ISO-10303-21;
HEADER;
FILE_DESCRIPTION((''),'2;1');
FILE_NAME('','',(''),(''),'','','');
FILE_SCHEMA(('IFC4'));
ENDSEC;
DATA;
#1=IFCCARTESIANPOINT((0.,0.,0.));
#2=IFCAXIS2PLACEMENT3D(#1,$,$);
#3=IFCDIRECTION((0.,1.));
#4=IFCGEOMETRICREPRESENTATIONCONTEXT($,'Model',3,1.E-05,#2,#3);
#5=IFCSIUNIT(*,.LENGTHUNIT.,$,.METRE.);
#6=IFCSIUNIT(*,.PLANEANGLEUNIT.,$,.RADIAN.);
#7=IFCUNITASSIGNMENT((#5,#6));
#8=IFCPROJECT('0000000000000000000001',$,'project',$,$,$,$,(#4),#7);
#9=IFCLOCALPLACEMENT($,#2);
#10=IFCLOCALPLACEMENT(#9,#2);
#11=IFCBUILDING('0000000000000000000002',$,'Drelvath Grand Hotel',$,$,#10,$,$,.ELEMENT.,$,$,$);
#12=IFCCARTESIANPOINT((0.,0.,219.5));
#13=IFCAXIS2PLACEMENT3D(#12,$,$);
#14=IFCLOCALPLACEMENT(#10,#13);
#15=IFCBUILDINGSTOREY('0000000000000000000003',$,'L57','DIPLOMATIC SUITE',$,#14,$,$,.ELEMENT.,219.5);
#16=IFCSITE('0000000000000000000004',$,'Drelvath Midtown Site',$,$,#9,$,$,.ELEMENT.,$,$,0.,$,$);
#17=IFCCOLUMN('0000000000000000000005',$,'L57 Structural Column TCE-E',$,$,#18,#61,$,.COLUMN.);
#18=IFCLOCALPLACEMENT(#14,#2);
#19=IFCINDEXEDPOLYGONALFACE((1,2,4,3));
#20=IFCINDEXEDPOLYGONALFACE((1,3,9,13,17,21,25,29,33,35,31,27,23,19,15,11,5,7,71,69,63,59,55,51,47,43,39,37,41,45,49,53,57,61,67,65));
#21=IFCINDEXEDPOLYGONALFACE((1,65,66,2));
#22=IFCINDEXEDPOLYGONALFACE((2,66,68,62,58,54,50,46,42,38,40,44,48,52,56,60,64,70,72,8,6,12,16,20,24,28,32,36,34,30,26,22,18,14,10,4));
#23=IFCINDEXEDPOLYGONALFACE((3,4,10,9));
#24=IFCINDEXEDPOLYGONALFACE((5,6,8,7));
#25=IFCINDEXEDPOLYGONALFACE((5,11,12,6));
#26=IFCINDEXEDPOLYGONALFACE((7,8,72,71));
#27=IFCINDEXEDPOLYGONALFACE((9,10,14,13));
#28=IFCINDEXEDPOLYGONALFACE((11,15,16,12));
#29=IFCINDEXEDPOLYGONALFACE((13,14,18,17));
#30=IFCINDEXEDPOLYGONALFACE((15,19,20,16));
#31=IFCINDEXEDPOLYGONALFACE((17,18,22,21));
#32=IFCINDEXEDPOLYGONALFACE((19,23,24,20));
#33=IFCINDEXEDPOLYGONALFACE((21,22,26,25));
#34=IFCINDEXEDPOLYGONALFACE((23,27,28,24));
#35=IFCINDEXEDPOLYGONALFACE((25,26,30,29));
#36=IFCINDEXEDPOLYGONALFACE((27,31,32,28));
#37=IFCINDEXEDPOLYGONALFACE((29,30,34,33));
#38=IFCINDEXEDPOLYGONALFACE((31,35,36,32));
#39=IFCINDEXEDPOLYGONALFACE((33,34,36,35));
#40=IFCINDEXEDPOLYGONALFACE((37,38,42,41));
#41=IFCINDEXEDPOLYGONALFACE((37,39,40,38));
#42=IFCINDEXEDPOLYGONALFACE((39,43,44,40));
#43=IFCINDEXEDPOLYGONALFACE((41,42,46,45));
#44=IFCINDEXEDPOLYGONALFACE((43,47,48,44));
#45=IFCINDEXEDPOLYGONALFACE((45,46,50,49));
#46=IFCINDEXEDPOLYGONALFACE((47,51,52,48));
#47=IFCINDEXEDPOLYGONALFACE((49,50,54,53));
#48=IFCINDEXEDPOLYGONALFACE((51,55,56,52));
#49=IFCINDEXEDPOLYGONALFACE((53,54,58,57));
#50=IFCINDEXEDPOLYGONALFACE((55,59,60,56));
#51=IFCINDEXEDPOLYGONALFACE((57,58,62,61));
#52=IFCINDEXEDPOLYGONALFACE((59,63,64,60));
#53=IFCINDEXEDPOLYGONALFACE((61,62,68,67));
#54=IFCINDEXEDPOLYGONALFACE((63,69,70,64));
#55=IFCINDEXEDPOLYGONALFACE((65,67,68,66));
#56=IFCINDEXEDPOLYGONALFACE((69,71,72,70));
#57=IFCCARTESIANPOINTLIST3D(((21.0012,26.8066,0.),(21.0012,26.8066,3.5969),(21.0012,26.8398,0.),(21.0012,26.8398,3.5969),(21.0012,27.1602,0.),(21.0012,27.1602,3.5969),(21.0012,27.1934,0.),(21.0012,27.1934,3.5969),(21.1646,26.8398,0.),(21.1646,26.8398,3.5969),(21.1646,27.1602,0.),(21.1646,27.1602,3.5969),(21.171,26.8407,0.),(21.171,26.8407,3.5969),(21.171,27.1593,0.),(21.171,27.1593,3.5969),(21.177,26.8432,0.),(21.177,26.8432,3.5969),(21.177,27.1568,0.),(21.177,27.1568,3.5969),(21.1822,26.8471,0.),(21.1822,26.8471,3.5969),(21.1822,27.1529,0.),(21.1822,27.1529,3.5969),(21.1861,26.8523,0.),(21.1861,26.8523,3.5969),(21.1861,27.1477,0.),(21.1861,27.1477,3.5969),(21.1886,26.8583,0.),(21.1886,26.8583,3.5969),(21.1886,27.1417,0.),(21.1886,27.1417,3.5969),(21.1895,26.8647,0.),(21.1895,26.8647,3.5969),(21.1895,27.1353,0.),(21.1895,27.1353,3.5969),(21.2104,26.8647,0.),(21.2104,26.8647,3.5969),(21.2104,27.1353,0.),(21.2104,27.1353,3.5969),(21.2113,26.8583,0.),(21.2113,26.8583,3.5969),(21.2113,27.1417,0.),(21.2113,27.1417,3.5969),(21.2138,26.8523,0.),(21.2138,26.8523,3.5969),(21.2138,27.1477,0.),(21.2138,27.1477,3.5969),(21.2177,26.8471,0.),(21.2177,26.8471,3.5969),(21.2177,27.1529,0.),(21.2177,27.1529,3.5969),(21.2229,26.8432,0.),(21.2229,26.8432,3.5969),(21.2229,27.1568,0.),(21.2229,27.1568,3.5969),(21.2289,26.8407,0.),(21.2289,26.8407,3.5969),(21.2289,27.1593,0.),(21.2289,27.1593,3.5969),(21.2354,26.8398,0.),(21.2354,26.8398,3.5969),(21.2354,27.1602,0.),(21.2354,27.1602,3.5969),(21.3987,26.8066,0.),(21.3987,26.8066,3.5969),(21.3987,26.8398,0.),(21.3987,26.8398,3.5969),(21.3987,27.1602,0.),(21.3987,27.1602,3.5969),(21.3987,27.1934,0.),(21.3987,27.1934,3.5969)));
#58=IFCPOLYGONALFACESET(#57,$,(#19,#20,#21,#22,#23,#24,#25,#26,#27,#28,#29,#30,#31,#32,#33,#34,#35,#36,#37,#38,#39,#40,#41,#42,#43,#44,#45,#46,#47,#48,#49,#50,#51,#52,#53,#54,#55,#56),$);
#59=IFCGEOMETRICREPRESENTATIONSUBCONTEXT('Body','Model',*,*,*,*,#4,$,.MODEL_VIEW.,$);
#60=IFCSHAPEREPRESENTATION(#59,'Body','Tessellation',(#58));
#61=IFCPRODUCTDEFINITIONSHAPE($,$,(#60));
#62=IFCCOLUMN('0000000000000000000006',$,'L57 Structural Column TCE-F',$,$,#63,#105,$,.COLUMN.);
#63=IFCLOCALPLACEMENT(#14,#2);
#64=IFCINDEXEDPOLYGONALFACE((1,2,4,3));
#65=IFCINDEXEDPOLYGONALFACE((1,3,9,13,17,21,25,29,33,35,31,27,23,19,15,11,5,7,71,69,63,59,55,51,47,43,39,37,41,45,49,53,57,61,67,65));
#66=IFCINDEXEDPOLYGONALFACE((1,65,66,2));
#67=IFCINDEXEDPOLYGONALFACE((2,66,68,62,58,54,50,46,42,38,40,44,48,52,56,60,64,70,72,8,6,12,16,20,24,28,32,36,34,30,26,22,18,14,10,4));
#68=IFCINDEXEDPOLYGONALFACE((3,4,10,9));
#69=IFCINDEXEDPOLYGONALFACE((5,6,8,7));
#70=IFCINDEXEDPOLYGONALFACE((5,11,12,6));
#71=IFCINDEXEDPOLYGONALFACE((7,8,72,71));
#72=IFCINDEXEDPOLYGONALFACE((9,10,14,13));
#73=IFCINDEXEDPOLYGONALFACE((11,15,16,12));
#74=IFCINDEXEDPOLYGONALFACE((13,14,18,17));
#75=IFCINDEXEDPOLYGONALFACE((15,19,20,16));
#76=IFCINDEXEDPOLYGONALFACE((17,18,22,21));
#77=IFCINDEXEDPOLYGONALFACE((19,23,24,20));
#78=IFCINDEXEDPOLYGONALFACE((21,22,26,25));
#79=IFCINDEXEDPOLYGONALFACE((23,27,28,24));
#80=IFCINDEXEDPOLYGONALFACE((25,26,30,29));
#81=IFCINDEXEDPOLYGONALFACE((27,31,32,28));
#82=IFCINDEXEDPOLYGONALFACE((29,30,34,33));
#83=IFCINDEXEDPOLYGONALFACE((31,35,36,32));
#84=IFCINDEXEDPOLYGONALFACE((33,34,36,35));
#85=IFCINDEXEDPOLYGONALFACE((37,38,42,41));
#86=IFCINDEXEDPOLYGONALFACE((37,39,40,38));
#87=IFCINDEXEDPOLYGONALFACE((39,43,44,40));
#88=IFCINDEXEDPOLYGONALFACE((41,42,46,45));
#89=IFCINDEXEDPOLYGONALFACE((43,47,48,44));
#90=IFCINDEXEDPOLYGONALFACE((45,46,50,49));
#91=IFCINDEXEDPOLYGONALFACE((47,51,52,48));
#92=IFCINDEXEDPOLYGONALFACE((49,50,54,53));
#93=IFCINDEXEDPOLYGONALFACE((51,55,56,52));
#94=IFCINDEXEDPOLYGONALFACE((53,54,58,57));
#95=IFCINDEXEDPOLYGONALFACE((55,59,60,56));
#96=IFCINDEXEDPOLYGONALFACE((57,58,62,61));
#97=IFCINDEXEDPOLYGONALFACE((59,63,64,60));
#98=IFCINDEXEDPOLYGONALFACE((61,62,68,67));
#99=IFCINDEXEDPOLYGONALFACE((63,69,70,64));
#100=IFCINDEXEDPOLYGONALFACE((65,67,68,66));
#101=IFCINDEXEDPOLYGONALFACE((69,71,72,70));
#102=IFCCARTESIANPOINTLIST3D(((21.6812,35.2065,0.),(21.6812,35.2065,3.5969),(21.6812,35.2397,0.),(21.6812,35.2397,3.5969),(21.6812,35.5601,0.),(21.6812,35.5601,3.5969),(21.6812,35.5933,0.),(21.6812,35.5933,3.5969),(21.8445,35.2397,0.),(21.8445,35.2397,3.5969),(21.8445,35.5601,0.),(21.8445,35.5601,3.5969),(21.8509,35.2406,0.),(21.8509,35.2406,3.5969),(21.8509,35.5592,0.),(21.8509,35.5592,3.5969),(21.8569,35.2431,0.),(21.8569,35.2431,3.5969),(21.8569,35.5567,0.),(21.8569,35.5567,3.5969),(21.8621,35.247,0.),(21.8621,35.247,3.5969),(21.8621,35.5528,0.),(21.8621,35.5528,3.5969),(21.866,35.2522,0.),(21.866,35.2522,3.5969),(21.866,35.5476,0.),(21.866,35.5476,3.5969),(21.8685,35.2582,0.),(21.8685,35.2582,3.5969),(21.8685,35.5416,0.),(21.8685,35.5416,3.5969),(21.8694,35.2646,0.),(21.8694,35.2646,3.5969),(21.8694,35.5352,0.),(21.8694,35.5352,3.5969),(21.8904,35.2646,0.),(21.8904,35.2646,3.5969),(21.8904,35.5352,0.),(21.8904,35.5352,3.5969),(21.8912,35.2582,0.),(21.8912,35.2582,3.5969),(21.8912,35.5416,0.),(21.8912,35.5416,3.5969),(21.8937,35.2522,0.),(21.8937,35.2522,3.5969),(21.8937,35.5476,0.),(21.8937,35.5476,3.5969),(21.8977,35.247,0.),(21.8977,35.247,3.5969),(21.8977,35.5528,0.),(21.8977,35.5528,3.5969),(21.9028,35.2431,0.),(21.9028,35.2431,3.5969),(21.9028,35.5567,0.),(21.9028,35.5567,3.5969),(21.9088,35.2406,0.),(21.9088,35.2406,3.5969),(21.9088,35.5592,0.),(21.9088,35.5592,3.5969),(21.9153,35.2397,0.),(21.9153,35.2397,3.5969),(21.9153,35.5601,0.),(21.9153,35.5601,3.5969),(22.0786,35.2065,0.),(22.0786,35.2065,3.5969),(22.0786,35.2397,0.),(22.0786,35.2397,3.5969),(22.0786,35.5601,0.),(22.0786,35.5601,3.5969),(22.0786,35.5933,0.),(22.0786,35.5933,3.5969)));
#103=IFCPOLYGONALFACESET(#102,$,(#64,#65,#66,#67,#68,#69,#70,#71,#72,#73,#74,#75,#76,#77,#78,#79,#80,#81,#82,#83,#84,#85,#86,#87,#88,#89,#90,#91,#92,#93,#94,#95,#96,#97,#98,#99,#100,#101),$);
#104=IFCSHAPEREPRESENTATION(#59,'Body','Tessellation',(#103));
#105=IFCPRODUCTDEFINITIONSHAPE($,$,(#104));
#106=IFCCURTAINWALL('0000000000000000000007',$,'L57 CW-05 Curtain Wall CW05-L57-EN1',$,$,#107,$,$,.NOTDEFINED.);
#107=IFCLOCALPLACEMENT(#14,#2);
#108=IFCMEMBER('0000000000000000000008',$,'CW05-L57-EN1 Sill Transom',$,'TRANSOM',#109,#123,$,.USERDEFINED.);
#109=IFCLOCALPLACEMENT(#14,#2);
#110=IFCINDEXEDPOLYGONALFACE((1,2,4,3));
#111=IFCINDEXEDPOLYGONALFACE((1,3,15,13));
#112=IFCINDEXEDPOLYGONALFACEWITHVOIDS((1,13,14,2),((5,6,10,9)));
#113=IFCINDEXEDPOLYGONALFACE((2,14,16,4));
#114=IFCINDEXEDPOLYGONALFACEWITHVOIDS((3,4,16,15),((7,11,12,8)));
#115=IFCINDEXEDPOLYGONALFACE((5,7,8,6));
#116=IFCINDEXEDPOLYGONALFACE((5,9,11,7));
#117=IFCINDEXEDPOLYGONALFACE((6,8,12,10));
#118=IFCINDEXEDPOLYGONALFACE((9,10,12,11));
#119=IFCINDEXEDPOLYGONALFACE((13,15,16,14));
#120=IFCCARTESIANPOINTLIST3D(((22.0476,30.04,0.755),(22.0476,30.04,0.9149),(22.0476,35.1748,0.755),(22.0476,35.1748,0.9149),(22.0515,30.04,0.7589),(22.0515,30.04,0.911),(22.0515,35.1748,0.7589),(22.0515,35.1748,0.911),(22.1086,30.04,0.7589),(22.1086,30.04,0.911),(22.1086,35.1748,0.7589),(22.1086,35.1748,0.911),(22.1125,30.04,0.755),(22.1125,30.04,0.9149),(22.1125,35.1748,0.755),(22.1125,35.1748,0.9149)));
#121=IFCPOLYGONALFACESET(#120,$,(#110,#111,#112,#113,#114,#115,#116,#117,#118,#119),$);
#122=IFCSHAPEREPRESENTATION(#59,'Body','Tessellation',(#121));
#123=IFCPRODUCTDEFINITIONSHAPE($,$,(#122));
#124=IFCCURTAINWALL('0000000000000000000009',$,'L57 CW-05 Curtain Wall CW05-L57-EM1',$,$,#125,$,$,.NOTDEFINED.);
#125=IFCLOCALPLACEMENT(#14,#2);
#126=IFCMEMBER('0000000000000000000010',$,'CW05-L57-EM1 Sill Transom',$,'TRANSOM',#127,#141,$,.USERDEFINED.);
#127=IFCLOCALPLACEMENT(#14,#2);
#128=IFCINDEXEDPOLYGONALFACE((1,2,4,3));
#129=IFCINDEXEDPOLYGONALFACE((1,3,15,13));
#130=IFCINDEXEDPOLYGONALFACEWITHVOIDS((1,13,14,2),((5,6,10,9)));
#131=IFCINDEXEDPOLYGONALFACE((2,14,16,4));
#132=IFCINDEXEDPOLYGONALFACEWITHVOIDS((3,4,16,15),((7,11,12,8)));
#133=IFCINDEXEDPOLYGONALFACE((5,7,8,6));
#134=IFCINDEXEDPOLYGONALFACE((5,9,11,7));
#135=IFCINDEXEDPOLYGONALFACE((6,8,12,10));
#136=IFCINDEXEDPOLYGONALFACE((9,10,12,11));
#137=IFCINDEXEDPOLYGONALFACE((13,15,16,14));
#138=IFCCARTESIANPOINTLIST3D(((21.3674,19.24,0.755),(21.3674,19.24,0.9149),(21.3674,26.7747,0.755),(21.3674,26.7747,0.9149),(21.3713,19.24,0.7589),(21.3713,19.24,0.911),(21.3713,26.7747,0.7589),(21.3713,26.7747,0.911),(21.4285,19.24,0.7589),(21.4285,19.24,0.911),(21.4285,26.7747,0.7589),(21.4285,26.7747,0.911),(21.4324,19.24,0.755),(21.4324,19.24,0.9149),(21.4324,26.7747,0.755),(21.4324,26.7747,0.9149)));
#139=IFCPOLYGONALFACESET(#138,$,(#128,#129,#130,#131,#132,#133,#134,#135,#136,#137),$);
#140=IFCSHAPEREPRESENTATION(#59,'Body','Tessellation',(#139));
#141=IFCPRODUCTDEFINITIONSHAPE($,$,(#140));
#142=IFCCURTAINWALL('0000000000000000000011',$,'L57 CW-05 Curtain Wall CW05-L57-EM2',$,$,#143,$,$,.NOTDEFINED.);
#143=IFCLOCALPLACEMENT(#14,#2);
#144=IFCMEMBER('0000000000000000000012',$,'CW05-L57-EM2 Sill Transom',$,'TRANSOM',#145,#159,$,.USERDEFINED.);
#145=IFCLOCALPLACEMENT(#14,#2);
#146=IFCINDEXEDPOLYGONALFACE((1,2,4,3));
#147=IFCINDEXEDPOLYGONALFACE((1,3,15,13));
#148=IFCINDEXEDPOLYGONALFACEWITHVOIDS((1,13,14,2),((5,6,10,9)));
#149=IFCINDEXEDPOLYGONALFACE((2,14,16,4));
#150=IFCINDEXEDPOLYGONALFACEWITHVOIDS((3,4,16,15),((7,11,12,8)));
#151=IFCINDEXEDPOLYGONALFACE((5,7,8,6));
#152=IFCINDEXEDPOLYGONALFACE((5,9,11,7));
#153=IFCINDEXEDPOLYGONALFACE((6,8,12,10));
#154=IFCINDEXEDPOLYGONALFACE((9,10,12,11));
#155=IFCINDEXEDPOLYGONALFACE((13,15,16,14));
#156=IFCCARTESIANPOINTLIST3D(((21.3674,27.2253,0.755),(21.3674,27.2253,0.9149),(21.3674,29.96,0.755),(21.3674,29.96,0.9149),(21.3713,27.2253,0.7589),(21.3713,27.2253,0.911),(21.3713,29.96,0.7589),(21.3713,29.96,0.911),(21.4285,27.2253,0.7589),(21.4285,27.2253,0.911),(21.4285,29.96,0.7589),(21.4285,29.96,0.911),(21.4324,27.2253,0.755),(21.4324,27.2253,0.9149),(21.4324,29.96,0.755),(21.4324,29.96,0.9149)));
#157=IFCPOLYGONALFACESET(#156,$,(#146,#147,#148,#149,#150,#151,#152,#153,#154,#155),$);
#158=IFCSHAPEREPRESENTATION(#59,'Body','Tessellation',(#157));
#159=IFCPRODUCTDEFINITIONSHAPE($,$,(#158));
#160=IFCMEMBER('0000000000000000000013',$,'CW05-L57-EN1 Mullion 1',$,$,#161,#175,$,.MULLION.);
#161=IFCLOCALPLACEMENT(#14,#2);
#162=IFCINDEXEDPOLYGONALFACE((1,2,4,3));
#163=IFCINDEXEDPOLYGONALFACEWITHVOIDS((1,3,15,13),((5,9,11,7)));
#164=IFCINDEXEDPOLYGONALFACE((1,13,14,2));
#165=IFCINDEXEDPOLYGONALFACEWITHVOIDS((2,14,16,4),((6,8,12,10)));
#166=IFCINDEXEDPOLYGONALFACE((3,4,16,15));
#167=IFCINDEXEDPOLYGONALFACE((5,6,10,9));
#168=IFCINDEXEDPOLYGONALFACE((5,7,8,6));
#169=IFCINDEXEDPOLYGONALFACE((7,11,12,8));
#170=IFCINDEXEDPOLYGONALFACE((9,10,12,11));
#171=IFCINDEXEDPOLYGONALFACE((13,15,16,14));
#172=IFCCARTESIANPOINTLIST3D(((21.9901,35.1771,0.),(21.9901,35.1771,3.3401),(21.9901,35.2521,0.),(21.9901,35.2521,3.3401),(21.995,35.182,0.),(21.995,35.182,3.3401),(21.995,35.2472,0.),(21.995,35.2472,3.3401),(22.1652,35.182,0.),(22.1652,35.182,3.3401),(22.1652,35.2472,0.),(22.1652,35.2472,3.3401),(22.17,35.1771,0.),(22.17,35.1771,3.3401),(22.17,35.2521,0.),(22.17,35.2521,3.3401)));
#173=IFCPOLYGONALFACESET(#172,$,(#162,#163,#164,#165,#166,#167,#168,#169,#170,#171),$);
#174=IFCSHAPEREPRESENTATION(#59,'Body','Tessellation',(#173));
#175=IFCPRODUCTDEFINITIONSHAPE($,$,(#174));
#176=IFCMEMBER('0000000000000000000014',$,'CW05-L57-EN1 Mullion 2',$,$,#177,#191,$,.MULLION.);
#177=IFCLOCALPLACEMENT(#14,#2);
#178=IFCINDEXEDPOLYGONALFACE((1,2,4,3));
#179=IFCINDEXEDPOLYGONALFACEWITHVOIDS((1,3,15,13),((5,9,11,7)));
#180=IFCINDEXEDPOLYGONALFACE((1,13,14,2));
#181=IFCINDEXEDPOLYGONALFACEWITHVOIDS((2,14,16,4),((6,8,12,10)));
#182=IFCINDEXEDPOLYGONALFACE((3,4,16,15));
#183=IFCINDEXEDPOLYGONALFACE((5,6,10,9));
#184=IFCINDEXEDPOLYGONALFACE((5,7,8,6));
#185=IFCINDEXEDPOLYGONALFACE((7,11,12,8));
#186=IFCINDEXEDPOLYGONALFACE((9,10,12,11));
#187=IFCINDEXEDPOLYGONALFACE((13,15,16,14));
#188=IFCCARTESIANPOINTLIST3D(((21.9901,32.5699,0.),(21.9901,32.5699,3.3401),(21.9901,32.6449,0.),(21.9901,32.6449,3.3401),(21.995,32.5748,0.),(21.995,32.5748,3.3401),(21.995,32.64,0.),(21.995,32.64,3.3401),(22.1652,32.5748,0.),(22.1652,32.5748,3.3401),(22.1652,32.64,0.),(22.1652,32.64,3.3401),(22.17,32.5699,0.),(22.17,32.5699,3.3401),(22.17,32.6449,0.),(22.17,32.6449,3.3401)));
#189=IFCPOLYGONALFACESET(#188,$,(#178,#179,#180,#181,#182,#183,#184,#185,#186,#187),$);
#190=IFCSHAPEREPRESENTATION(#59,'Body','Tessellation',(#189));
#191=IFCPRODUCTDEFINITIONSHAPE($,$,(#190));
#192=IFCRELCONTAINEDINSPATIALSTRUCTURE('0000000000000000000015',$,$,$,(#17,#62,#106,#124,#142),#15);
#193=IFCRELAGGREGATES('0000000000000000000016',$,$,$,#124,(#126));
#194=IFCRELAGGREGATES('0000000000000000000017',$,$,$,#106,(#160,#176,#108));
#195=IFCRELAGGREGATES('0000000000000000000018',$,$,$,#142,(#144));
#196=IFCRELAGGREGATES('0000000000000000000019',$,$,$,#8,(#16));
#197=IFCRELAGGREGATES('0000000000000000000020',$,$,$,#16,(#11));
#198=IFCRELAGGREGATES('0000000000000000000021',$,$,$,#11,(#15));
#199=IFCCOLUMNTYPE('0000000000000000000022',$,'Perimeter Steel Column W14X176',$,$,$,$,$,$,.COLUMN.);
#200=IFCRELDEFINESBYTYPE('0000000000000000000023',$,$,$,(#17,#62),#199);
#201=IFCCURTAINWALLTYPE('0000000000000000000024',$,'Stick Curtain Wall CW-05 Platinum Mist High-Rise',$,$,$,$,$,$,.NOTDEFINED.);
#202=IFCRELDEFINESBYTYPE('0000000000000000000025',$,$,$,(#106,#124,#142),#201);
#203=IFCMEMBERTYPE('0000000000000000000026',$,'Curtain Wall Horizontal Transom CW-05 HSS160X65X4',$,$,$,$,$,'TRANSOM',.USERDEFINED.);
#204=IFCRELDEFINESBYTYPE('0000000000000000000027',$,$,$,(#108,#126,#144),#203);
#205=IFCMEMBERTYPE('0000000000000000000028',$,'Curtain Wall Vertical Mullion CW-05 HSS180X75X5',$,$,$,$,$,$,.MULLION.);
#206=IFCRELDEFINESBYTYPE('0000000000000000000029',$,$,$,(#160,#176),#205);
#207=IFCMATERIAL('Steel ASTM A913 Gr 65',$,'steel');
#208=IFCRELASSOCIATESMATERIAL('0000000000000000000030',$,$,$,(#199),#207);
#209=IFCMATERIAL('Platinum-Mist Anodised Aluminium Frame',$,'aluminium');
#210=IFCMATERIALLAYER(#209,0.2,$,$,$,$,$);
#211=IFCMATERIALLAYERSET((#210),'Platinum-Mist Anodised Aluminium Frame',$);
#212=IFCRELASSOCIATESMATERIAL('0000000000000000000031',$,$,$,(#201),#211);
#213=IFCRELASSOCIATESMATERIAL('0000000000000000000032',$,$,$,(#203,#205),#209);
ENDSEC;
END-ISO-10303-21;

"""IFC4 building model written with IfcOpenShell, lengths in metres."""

from ifc_helpers import new_model, si_unit, direction, frame, origin, origin_2d, place, context, subcontext, project, spatial, hollow_rectangle, i_section, extrude, material, layer, layer_set, material_profile, profile_set, type_object, element, aggregate, save


model = new_model("IFC4")

# Units and contexts
model_context = context("Model", 3, precision=1e-05, world=origin(), true_north=direction((0.0, 1.0)))
body_context = subcontext(model_context, "Body", "Model", "MODEL_VIEW")
ifc_project = project(units=[si_unit("LENGTHUNIT", "METRE"), si_unit("PLANEANGLEUNIT", "RADIAN")], contexts=[model_context])

# Site, building, storey
site_placement = place(None, origin())
site = spatial("IfcSite", under=ifc_project, at=site_placement, Name="Drelvath Midtown Site", CompositionType="ELEMENT", RefElevation=0.0)
building_placement = place(site_placement, origin())
building = spatial("IfcBuilding", under=site, at=building_placement, Name="Drelvath Grand Hotel", CompositionType="ELEMENT")
storey_placement = place(building_placement, frame((0.0, 0.0, 219.5)))
storey = spatial("IfcBuildingStorey", under=building, at=storey_placement, Name="L57", Description="DIPLOMATIC SUITE", CompositionType="ELEMENT", Elevation=219.5)

# Columns
ifc_material_1 = material(Name="Steel ASTM A913 Gr 65", Category="steel")
ifc_material_profile_1 = material_profile(ifc_material_1, i_section(OverallWidth=0.3975, OverallDepth=0.3867, WebThickness=0.021, FlangeThickness=0.0332, FilletRadius=0.0249, at=origin_2d()), Name="W14X176")
ifc_profile_set_1 = profile_set([ifc_material_profile_1], Name="Steel ASTM A913 Gr 65")
column_type = type_object("IfcColumnType", Name="Perimeter Steel Column W14X176", PredefinedType="COLUMN", material=ifc_profile_set_1)
for number, where, z_axis, x_axis, name in (
    (1, (21.2, 27.0, 0.0), (0.0, 0.0, 1.0), (1.0, 0.0, 0.0), "L57 Structural Column TCE-E"),
    (2, (21.8799, 35.3999, 0.0), (0.0, 0.0, 1.0), (1.0, 0.0, 0.0), "L57 Structural Column TCE-F"),
):
    element("IfcColumn", number, at=place(storey_placement, frame(where, z_axis=z_axis, x_axis=x_axis)), inside=storey, type_object=column_type, Name=name, PredefinedType="COLUMN", context=body_context, shape_type="SweptSolid", body=[
        extrude(i_section(OverallWidth=0.3975, OverallDepth=0.3867, WebThickness=0.021, FlangeThickness=0.0332, FilletRadius=0.0249, at=origin_2d()), origin(), (0.0, 0.0, 1.0), 3.5969),
    ])

# Curtain walls, members
ifc_material_2 = material(Name="Platinum-Mist Anodised Aluminium Frame", Category="aluminium")
ifc_layer_1 = layer(ifc_material_2, 0.2)
ifc_layer_set_1 = layer_set([ifc_layer_1], Name="Platinum-Mist Anodised Aluminium Frame")
curtain_wall_type = type_object("IfcCurtainWallType", Name="Stick Curtain Wall CW-05 Platinum Mist High-Rise", PredefinedType="NOTDEFINED", material=ifc_layer_set_1)
curtain_wall_1_placement = place(storey_placement, origin())
curtain_wall_1 = element("IfcCurtainWall", 3, at=curtain_wall_1_placement, inside=storey, type_object=curtain_wall_type, Name="L57 CW-05 Curtain Wall CW05-L57-EN1", PredefinedType="NOTDEFINED")
ifc_material_profile_2 = material_profile(ifc_material_2, hollow_rectangle(XDim=0.0649, YDim=0.1599, WallThickness=0.0039, at=origin_2d()), Name="HSS160X65X4")
ifc_profile_set_2 = profile_set([ifc_material_profile_2], Name="Platinum-Mist Anodised Aluminium Frame")
member_type_1 = type_object("IfcMemberType", Name="Curtain Wall Horizontal Transom CW-05 HSS160X65X4", ElementType="TRANSOM", PredefinedType="USERDEFINED", material=ifc_profile_set_2)
member_1_placement = place(storey_placement, frame((22.0801, 35.1748, 0.835), z_axis=(0.0, -1.0, 0.0), x_axis=(1.0, 0.0, 0.0)))
member_1 = element("IfcMember", 4, at=member_1_placement, type_object=member_type_1, Name="CW05-L57-EN1 Sill Transom", ObjectType="TRANSOM", PredefinedType="USERDEFINED", context=body_context, shape_type="SweptSolid", body=[
    extrude(hollow_rectangle(XDim=0.0649, YDim=0.1599, WallThickness=0.0039, at=origin_2d()), origin(), (0.0, 0.0, 1.0), 5.1348),
])
curtain_wall_2_placement = place(storey_placement, origin())
curtain_wall_2 = element("IfcCurtainWall", 5, at=curtain_wall_2_placement, inside=storey, type_object=curtain_wall_type, Name="L57 CW-05 Curtain Wall CW05-L57-EM1", PredefinedType="NOTDEFINED")
member_2_placement = place(storey_placement, frame((21.3999, 26.7747, 0.835), z_axis=(0.0, -1.0, 0.0), x_axis=(1.0, 0.0, 0.0)))
member_2 = element("IfcMember", 6, at=member_2_placement, type_object=member_type_1, Name="CW05-L57-EM1 Sill Transom", ObjectType="TRANSOM", PredefinedType="USERDEFINED", context=body_context, shape_type="SweptSolid", body=[
    extrude(hollow_rectangle(XDim=0.0649, YDim=0.1599, WallThickness=0.0039, at=origin_2d()), origin(), (0.0, 0.0, 1.0), 7.5347),
])
curtain_wall_3_placement = place(storey_placement, origin())
curtain_wall_3 = element("IfcCurtainWall", 7, at=curtain_wall_3_placement, inside=storey, type_object=curtain_wall_type, Name="L57 CW-05 Curtain Wall CW05-L57-EM2", PredefinedType="NOTDEFINED")
member_3_placement = place(storey_placement, frame((21.3999, 29.96, 0.835), z_axis=(0.0, -1.0, 0.0), x_axis=(1.0, 0.0, 0.0)))
member_3 = element("IfcMember", 8, at=member_3_placement, type_object=member_type_1, Name="CW05-L57-EM2 Sill Transom", ObjectType="TRANSOM", PredefinedType="USERDEFINED", context=body_context, shape_type="SweptSolid", body=[
    extrude(hollow_rectangle(XDim=0.0649, YDim=0.1599, WallThickness=0.0039, at=origin_2d()), origin(), (0.0, 0.0, 1.0), 2.7346),
])

# Members
ifc_material_profile_3 = material_profile(ifc_material_2, hollow_rectangle(XDim=0.075, YDim=0.1799, WallThickness=0.0049, at=origin_2d()), Name="HSS180X75X5")
ifc_profile_set_3 = profile_set([ifc_material_profile_3], Name="Platinum-Mist Anodised Aluminium Frame")
member_type_2 = type_object("IfcMemberType", Name="Curtain Wall Vertical Mullion CW-05 HSS180X75X5", PredefinedType="MULLION", material=ifc_profile_set_3)
member_4_placement = place(storey_placement, frame((22.0801, 35.2146, 0.0), z_axis=(0.0, 0.0, 1.0), x_axis=(0.0, 1.0, 0.0)))
member_4 = element("IfcMember", 9, at=member_4_placement, type_object=member_type_2, Name="CW05-L57-EN1 Mullion 1", PredefinedType="MULLION", context=body_context, shape_type="SweptSolid", body=[
    extrude(hollow_rectangle(XDim=0.075, YDim=0.1799, WallThickness=0.0049, at=origin_2d()), origin(), (0.0, 0.0, 1.0), 3.3401),
])
member_5_placement = place(storey_placement, frame((22.0801, 32.6074, 0.0), z_axis=(0.0, 0.0, 1.0), x_axis=(0.0, 1.0, 0.0)))
member_5 = element("IfcMember", 10, at=member_5_placement, type_object=member_type_2, Name="CW05-L57-EN1 Mullion 2", PredefinedType="MULLION", context=body_context, shape_type="SweptSolid", body=[
    extrude(hollow_rectangle(XDim=0.075, YDim=0.1799, WallThickness=0.0049, at=origin_2d()), origin(), (0.0, 0.0, 1.0), 3.3401),
])

aggregate(curtain_wall_2, [member_2])

aggregate(curtain_wall_1, [member_4, member_5, member_1])
aggregate(curtain_wall_3, [member_3])

save(model, "model.ifc")
